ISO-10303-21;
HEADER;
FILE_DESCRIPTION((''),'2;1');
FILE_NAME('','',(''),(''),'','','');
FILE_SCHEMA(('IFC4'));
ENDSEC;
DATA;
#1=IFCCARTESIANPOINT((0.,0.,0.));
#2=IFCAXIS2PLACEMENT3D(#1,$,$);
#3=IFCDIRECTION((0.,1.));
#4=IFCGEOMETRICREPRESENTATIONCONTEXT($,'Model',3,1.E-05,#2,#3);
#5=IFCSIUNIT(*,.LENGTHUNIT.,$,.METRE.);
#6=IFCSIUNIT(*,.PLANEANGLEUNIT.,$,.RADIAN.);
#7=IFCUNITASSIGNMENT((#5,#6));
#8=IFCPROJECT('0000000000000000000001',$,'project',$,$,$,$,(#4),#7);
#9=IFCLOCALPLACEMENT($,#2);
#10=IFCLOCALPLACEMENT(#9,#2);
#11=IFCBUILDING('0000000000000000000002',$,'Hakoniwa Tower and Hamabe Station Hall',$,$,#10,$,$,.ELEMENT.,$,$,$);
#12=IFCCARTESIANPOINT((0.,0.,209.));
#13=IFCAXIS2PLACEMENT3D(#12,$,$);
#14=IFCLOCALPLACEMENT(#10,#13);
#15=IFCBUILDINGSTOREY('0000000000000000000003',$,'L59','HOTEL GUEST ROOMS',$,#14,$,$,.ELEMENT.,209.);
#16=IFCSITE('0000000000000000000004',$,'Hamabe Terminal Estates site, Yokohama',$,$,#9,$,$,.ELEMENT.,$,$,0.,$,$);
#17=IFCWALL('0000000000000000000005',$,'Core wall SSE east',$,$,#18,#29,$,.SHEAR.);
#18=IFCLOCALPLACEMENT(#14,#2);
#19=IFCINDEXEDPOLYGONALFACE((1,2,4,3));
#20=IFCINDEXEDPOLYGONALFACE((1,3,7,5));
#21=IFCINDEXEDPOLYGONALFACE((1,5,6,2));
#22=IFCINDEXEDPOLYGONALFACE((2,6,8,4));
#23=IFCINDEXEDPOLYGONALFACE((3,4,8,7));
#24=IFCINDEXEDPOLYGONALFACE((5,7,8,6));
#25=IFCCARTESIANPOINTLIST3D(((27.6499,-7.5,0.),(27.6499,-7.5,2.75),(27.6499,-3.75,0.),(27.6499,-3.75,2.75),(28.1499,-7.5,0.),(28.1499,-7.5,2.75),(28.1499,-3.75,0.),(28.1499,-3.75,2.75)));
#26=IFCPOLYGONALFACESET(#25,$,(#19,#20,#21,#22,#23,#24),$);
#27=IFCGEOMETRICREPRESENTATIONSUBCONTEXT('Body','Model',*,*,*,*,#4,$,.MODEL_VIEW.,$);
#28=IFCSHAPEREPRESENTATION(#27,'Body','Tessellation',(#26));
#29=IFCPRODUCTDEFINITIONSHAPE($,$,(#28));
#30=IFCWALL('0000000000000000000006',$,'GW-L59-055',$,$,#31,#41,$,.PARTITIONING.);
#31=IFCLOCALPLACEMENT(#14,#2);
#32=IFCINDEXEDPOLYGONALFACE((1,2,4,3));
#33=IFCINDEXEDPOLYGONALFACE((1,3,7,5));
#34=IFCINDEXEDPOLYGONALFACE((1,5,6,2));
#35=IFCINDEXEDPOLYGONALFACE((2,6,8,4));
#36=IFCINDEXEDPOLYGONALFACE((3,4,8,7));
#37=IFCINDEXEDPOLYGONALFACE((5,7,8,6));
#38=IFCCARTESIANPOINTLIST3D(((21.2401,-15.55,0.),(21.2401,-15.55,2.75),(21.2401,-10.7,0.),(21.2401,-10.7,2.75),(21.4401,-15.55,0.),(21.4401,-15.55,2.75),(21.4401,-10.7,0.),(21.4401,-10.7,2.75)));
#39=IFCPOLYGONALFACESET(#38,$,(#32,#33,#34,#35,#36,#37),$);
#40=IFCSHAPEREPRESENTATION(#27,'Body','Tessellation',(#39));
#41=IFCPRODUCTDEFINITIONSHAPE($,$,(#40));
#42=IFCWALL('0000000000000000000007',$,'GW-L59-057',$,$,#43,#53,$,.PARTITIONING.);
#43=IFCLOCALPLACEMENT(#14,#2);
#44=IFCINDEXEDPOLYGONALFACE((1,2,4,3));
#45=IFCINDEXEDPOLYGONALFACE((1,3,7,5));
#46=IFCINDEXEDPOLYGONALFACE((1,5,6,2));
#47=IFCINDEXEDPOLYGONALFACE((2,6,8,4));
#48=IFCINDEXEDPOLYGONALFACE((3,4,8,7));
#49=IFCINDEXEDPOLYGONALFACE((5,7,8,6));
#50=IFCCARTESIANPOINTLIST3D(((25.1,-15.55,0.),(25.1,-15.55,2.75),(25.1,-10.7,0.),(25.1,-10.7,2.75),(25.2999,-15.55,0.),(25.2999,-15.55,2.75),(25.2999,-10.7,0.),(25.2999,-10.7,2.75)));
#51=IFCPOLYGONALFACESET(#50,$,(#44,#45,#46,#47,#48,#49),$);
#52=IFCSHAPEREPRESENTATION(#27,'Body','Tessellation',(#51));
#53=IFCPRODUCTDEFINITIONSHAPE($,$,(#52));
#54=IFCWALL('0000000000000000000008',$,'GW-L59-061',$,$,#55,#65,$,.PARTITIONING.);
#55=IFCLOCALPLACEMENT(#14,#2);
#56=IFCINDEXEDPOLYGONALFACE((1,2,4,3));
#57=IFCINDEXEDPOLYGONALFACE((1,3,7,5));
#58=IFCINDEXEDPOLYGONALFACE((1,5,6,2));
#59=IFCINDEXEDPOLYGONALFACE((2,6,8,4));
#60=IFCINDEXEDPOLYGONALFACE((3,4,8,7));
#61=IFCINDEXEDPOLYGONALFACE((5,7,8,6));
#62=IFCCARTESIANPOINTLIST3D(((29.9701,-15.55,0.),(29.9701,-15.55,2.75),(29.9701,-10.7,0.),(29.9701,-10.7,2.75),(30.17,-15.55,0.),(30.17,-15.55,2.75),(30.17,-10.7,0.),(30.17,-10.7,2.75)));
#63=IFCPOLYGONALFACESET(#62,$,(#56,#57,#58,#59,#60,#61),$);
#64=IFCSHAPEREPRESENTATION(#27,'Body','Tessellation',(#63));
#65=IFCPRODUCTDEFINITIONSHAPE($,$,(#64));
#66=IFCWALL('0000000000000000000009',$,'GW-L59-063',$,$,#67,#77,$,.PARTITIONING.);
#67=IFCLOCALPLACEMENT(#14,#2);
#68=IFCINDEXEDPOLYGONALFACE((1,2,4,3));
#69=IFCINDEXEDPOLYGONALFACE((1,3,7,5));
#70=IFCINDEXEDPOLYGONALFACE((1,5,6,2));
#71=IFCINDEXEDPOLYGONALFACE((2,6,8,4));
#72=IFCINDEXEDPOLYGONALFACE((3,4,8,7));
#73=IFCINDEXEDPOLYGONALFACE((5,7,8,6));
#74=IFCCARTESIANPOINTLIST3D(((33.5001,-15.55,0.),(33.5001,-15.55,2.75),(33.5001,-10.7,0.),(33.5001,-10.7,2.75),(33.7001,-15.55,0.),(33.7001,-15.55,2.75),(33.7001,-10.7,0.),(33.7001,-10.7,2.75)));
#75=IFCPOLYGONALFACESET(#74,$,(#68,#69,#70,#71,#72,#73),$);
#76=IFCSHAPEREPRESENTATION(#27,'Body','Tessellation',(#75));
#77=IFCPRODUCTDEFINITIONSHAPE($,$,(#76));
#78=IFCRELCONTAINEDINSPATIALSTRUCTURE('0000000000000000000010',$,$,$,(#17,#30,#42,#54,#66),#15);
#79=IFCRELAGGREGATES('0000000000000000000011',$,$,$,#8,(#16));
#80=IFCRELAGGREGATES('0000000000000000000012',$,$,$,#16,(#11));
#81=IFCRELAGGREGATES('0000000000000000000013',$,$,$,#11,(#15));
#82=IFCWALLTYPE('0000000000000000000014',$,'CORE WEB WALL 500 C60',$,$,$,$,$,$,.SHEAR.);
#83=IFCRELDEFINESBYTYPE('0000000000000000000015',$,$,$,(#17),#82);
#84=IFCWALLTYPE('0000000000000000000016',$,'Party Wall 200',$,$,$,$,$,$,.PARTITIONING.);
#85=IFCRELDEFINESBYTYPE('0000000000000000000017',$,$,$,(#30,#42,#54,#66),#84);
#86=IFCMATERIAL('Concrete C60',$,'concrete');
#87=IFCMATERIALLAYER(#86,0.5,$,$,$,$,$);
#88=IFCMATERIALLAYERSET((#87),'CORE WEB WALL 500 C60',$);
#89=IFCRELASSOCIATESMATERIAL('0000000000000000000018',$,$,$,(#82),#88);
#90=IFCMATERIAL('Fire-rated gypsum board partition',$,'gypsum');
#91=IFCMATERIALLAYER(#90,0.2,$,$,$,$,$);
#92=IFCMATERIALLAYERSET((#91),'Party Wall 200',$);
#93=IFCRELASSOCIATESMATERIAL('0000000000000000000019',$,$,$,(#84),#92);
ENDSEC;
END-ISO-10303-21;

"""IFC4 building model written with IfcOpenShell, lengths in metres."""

from ifc_helpers import new_model, si_unit, direction, frame, frame_2d, origin, place, context, subcontext, project, spatial, rectangle, extrude, material, layer, layer_set, type_object, element, save


model = new_model("IFC4")

# Units and contexts
model_context = context("Model", 3, precision=1e-05, world=origin(), true_north=direction((0.0, 1.0)))
body_context = subcontext(model_context, "Body", "Model", "MODEL_VIEW")
ifc_project = project(units=[si_unit("LENGTHUNIT", "METRE"), si_unit("PLANEANGLEUNIT", "RADIAN")], contexts=[model_context])

# Site, building, storey
site_placement = place(None, origin())
site = spatial("IfcSite", under=ifc_project, at=site_placement, Name="Hamabe Terminal Estates site, Yokohama", CompositionType="ELEMENT", RefElevation=0.0)
building_placement = place(site_placement, origin())
building = spatial("IfcBuilding", under=site, at=building_placement, Name="Hakoniwa Tower and Hamabe Station Hall", CompositionType="ELEMENT")
storey_placement = place(building_placement, frame((0.0, 0.0, 209.0)))
storey = spatial("IfcBuildingStorey", under=building, at=storey_placement, Name="L59", Description="HOTEL GUEST ROOMS", CompositionType="ELEMENT", Elevation=209.0)

# Walls
ifc_material_1 = material(Name="Concrete C60", Category="concrete")
ifc_layer_1 = layer(ifc_material_1, 0.5)
ifc_layer_set_1 = layer_set([ifc_layer_1], Name="CORE WEB WALL 500 C60")
wall_type_1 = type_object("IfcWallType", Name="CORE WEB WALL 500 C60", PredefinedType="SHEAR", material=ifc_layer_set_1)
wall_1_placement = place(storey_placement, frame((27.8999, -7.5, 0.0), z_axis=(0.0, 0.0, 1.0), x_axis=(0.0, 1.0, 0.0)))
element("IfcWall", 1, at=wall_1_placement, inside=storey, type_object=wall_type_1, Name="Core wall SSE east", PredefinedType="SHEAR", context=body_context, shape_type="SweptSolid", body=[
    extrude(rectangle(XDim=3.75, YDim=0.5, at=frame_2d((1.875, 0.0))), origin(), (0.0, 0.0, 1.0), 2.75),
])
ifc_material_2 = material(Name="Fire-rated gypsum board partition", Category="gypsum")
ifc_layer_2 = layer(ifc_material_2, 0.2)
ifc_layer_set_2 = layer_set([ifc_layer_2], Name="Party Wall 200")
wall_type_2 = type_object("IfcWallType", Name="Party Wall 200", PredefinedType="PARTITIONING", material=ifc_layer_set_2)
for number, where, z_axis, x_axis, name in (
    (2, (21.3401, -15.55, 0.0), (0.0, 0.0, 1.0), (0.0, 1.0, 0.0), "GW-L59-055"),
    (3, (25.2, -15.55, 0.0), (0.0, 0.0, 1.0), (0.0, 1.0, 0.0), "GW-L59-057"),
    (4, (30.0701, -15.55, 0.0), (0.0, 0.0, 1.0), (0.0, 1.0, 0.0), "GW-L59-061"),
    (5, (33.6001, -15.55, 0.0), (0.0, 0.0, 1.0), (0.0, 1.0, 0.0), "GW-L59-063"),
):
    element("IfcWall", number, at=place(storey_placement, frame(where, z_axis=z_axis, x_axis=x_axis)), inside=storey, type_object=wall_type_2, Name=name, PredefinedType="PARTITIONING", context=body_context, shape_type="SweptSolid", body=[
        extrude(rectangle(XDim=4.8501, YDim=0.2, at=frame_2d((2.425, 0.0))), origin(), (0.0, 0.0, 1.0), 2.75),
    ])

save(model, "model.ifc")
